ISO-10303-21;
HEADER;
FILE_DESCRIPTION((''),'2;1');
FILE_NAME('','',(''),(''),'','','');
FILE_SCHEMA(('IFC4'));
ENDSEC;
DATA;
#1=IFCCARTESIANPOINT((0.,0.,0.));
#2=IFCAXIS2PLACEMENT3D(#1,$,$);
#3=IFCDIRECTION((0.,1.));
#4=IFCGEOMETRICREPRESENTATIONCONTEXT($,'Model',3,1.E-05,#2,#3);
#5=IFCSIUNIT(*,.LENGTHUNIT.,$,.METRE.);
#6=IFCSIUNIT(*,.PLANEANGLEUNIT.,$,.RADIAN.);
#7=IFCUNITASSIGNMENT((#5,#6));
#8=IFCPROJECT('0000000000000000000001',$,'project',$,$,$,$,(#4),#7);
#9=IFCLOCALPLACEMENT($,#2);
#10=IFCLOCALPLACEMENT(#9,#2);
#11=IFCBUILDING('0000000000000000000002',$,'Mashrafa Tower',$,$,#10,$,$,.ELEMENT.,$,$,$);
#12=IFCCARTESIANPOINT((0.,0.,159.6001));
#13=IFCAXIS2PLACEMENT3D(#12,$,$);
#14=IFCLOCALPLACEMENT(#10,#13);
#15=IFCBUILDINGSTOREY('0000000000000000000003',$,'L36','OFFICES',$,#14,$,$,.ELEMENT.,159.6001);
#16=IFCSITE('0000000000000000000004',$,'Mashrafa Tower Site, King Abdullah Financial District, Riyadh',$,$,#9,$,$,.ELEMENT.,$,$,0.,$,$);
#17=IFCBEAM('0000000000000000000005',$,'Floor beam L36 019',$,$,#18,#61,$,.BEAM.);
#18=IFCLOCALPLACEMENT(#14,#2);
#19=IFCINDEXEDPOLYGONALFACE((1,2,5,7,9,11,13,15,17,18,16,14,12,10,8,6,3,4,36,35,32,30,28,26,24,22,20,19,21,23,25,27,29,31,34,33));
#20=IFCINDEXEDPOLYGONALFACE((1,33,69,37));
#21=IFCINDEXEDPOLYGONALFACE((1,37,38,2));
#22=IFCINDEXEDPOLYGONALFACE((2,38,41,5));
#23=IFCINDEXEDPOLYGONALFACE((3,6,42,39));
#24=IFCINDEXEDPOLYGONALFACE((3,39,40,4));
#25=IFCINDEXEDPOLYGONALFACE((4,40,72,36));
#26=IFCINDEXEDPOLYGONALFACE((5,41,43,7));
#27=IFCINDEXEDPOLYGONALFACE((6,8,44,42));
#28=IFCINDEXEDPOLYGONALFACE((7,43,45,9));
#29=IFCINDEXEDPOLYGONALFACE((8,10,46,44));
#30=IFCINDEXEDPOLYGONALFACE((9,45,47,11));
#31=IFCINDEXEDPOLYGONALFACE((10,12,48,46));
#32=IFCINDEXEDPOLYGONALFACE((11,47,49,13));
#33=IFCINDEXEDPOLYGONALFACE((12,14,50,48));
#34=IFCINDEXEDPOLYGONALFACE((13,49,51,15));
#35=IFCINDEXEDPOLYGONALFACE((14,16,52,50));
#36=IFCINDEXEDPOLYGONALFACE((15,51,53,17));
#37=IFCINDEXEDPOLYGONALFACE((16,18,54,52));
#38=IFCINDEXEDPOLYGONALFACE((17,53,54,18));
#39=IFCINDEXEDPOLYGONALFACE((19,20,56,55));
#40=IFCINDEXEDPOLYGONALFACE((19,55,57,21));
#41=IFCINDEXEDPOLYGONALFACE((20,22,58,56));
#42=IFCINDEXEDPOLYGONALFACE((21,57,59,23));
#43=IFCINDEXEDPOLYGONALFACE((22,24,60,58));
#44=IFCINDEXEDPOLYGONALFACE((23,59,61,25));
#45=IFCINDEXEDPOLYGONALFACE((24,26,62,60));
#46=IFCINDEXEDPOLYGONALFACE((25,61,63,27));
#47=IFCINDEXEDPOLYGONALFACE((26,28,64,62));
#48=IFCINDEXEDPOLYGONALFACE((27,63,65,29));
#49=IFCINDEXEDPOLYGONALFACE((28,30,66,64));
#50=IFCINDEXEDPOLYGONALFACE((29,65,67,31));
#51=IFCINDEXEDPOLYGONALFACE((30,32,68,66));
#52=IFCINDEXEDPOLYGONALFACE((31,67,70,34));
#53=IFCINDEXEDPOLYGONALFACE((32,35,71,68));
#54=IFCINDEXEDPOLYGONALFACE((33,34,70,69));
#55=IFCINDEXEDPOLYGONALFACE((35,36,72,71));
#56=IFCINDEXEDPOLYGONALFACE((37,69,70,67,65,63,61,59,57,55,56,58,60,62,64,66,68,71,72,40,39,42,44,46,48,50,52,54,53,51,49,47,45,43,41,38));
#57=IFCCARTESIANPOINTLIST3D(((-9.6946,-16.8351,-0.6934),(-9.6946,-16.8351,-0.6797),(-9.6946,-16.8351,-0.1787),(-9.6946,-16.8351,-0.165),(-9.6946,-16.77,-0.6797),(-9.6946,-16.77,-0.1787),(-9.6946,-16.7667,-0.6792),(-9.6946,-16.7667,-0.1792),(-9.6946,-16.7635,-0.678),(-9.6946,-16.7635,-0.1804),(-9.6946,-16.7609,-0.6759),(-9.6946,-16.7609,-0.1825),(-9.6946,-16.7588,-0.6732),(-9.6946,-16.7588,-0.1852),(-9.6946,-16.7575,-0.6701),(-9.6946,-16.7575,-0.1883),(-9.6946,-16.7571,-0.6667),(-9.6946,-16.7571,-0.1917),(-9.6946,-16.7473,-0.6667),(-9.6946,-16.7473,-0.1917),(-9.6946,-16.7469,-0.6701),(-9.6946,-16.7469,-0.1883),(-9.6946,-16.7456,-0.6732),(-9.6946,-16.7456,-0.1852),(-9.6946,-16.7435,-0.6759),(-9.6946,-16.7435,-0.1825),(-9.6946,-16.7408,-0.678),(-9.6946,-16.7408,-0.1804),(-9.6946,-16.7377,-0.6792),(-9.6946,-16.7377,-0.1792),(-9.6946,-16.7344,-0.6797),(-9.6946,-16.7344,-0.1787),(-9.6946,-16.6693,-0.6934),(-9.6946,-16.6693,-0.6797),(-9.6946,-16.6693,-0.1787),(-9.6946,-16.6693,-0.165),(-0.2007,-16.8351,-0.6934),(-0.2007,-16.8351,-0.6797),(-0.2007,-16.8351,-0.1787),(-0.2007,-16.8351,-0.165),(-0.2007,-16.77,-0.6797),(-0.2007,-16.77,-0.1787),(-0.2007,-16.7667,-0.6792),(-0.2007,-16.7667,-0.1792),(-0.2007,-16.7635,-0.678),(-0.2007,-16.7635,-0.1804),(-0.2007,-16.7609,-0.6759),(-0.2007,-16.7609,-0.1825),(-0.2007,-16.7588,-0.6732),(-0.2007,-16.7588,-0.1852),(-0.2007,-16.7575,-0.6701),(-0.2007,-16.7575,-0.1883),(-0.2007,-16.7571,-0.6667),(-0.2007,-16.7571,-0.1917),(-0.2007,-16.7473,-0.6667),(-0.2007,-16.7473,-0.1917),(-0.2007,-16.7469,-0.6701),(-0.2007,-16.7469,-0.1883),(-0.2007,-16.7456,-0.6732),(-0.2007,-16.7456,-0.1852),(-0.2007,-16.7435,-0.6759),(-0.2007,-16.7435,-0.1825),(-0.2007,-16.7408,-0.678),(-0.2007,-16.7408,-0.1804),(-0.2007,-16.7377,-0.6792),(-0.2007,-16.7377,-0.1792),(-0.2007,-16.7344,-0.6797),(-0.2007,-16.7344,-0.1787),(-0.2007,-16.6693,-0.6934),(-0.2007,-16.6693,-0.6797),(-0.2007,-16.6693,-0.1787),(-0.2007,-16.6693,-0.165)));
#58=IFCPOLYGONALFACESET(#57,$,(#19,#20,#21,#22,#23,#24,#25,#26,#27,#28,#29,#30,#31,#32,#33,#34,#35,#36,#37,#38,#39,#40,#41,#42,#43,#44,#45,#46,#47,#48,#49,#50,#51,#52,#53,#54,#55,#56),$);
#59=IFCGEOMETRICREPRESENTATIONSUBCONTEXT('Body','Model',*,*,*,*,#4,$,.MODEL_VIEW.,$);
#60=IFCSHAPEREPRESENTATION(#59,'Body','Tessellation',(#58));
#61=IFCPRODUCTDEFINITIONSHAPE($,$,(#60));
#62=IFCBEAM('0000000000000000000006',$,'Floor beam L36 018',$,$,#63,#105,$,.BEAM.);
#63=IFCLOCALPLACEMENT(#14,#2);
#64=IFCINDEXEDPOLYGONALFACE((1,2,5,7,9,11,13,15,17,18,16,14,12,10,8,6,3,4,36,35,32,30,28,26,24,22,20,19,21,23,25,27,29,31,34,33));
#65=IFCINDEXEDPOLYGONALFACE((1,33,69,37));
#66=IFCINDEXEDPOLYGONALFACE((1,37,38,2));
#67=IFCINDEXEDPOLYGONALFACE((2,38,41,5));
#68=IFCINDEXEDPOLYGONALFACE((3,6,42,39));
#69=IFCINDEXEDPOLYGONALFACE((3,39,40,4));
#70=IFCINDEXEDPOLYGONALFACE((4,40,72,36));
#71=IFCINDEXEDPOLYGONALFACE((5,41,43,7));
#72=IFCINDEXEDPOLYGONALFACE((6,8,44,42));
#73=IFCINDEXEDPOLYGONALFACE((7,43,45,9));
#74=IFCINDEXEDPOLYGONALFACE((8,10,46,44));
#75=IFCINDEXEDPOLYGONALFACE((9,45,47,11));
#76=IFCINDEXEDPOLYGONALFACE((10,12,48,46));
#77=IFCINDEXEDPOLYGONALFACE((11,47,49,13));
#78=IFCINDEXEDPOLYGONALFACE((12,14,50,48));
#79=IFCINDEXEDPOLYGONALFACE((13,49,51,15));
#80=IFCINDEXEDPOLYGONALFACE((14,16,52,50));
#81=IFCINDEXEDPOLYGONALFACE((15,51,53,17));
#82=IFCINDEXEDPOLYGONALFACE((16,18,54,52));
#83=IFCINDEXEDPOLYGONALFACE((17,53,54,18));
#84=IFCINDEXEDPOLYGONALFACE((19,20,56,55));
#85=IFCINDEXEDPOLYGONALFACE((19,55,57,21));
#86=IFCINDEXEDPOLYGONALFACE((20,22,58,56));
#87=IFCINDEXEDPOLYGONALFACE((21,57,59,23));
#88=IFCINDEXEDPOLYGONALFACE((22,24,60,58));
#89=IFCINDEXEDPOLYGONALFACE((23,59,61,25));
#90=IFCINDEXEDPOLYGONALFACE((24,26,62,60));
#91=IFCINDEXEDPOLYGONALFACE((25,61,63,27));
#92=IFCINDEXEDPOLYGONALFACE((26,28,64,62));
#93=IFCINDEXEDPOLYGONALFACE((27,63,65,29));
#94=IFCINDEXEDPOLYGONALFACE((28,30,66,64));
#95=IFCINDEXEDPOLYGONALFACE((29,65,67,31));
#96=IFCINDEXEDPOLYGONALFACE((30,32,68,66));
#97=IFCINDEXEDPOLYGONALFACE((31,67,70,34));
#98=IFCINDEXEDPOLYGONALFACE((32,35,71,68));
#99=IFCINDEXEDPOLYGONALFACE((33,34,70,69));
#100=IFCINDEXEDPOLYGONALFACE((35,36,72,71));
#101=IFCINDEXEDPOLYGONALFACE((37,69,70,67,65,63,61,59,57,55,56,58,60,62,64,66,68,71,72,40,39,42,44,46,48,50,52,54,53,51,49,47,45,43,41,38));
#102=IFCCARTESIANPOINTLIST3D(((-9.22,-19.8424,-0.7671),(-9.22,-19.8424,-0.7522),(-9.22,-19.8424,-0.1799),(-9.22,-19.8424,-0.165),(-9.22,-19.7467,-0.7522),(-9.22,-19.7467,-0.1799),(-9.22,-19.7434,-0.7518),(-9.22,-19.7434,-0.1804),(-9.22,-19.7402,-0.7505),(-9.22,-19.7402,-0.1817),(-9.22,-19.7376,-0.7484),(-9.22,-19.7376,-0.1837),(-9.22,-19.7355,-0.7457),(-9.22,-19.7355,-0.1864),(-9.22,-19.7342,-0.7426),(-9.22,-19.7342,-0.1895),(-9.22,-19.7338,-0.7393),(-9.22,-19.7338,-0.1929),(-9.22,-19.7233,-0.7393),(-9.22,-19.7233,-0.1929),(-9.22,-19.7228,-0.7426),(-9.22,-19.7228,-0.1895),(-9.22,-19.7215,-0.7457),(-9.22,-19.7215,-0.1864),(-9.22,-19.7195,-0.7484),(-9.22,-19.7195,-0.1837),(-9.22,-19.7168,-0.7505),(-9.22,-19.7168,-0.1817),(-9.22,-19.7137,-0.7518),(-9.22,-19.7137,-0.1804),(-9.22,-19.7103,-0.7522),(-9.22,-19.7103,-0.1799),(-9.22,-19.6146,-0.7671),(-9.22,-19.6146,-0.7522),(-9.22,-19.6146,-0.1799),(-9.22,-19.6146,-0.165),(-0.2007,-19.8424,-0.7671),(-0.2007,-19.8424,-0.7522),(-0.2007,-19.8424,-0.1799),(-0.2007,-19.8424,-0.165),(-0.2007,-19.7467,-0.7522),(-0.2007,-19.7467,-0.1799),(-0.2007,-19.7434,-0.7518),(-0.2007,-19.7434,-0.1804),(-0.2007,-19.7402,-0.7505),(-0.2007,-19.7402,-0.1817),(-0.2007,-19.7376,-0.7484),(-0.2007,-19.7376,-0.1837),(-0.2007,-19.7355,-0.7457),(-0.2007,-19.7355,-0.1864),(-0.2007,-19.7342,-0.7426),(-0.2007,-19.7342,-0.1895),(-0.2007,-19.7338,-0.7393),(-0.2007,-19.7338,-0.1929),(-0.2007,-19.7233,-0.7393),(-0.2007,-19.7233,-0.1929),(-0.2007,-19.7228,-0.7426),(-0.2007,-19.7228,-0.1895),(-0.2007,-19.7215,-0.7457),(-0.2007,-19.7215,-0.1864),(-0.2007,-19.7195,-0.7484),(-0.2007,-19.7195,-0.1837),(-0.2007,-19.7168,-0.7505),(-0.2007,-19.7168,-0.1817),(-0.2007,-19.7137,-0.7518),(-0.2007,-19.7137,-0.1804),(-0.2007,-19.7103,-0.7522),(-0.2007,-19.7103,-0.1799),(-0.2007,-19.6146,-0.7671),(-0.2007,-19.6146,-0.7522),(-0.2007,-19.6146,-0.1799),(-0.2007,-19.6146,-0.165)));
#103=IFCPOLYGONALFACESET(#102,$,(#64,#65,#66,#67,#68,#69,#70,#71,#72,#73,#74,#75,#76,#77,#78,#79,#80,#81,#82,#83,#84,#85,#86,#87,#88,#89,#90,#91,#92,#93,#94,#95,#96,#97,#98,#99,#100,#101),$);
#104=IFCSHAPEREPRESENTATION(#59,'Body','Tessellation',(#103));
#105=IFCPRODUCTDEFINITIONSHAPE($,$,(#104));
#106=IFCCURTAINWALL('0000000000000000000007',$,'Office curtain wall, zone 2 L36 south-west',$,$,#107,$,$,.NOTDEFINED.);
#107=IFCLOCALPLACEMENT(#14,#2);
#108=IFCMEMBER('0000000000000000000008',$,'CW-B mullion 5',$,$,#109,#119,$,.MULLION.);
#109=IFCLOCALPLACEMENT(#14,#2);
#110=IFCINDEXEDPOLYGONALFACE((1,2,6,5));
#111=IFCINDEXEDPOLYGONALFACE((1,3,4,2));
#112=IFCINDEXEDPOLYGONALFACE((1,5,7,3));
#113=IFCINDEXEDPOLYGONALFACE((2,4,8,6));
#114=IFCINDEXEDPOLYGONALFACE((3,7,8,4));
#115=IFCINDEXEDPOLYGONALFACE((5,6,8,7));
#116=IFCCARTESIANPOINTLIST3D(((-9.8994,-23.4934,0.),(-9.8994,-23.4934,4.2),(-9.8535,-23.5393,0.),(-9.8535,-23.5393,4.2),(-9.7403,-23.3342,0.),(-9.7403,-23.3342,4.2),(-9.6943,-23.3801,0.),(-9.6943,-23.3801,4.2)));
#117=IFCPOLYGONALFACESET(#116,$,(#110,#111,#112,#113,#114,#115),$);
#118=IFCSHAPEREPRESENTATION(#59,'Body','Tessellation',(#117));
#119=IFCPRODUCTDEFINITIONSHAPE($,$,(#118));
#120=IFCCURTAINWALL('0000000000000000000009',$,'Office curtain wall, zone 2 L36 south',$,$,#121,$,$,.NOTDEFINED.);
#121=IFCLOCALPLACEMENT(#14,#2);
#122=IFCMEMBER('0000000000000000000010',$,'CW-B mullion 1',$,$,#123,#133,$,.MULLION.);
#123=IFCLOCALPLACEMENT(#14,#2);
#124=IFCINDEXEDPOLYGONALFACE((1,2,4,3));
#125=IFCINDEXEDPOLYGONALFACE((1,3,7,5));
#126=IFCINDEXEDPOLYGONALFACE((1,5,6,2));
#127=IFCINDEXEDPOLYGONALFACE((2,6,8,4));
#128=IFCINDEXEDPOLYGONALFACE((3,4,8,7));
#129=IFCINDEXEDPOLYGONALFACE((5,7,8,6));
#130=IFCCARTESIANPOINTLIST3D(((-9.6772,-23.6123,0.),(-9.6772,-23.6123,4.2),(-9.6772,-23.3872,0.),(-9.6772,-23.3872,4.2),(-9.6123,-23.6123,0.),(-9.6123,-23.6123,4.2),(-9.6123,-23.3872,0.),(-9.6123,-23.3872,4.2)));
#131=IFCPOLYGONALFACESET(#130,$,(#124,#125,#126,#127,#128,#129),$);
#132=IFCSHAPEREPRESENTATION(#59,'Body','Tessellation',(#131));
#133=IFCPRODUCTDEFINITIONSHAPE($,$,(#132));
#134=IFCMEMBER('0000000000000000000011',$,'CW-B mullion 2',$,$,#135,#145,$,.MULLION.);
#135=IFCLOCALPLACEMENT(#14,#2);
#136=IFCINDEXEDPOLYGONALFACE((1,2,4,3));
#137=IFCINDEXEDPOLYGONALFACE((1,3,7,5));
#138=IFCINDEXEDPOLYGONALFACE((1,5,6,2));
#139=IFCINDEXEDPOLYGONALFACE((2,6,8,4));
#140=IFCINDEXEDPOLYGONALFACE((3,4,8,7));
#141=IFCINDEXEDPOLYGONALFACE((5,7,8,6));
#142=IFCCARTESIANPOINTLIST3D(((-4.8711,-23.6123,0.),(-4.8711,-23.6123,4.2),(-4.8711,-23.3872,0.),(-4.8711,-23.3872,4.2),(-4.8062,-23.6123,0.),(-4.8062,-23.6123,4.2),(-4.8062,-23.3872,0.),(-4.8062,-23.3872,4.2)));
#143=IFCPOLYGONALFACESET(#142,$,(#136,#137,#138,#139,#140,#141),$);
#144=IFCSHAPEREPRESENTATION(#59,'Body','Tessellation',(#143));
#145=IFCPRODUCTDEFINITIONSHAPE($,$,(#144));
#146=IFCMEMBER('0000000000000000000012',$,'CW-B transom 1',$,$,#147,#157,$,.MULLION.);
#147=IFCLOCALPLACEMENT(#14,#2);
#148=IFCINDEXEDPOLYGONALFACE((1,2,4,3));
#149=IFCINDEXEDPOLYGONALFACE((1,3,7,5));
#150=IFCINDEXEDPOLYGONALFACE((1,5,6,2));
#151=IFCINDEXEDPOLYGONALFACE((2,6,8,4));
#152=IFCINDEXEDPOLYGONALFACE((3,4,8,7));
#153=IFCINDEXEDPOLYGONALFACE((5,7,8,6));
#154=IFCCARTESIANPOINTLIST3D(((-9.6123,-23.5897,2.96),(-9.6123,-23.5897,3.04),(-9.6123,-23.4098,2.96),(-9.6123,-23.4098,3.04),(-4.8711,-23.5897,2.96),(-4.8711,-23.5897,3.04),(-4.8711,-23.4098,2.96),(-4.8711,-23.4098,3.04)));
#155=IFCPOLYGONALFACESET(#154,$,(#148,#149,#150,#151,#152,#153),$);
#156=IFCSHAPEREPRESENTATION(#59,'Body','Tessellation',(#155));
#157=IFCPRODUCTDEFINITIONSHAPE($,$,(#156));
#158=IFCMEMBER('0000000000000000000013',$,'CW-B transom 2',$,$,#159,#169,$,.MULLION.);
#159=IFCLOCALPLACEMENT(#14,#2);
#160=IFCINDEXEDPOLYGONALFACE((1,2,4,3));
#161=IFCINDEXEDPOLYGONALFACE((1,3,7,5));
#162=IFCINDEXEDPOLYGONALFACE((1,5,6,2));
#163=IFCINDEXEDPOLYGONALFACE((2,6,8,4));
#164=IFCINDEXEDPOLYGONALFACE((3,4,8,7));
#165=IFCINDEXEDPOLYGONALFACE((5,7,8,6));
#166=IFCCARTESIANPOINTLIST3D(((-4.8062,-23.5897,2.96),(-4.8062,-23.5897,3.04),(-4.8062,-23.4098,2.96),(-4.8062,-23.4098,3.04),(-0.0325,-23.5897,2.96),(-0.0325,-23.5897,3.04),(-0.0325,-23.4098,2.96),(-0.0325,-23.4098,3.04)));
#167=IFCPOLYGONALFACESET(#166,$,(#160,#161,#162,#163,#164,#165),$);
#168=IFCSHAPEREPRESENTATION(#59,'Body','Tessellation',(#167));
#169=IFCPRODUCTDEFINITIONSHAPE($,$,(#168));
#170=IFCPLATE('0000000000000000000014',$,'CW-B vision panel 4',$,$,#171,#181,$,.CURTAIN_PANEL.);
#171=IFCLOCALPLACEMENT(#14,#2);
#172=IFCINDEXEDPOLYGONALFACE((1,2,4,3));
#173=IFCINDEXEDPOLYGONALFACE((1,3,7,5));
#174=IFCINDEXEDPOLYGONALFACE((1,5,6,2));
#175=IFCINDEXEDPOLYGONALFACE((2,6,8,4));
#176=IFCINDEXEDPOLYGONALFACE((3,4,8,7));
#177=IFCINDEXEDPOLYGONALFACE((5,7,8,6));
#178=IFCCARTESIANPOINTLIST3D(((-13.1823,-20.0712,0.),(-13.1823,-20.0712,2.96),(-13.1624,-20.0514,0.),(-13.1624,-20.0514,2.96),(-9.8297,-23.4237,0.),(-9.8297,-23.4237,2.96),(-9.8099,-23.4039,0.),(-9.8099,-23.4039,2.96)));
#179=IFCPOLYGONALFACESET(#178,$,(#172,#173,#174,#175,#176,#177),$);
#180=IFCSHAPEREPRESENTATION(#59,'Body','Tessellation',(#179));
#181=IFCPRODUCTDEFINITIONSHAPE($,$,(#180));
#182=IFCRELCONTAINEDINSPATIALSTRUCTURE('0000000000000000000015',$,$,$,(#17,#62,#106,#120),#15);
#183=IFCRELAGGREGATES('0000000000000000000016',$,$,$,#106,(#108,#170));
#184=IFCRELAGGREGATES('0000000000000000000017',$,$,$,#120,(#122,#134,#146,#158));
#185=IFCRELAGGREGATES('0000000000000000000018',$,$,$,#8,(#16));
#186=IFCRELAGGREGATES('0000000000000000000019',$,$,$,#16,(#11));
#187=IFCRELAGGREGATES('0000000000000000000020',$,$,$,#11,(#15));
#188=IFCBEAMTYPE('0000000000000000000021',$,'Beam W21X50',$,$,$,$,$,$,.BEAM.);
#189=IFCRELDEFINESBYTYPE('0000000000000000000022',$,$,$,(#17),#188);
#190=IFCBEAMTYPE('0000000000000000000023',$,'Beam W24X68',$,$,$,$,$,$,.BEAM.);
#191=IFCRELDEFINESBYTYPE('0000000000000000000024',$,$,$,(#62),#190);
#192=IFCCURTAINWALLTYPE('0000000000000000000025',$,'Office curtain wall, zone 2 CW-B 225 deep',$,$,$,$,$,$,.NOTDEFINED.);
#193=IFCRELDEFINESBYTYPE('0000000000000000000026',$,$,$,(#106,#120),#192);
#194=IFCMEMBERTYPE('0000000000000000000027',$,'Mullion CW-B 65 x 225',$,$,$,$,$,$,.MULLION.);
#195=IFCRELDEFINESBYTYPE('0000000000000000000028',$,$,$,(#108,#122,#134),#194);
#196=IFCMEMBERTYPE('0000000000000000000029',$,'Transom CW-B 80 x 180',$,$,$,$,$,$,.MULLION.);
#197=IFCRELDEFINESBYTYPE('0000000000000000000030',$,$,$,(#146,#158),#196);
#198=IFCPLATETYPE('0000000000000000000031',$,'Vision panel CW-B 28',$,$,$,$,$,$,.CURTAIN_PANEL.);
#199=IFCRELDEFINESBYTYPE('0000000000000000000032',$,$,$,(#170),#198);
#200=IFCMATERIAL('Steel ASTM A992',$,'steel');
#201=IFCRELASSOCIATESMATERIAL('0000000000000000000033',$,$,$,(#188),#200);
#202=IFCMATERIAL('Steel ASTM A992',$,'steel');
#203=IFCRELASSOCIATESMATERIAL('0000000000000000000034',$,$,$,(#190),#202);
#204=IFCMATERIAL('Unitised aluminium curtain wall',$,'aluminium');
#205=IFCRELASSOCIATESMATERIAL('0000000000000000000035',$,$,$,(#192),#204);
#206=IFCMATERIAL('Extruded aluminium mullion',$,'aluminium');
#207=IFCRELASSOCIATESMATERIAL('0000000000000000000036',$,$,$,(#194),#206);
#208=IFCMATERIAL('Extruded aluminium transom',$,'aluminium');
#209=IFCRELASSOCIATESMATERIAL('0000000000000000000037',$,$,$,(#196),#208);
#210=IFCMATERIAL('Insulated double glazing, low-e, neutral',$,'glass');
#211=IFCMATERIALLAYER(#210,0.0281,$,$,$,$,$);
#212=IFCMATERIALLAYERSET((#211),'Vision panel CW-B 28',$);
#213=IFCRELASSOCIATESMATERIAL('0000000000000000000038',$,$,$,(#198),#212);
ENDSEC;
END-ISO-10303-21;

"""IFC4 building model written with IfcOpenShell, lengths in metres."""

from ifc_helpers import new_model, si_unit, direction, frame, origin, origin_2d, place, context, subcontext, project, spatial, rectangle, i_section, extrude, source, transform, mapped, material, layer, layer_set, material_profile, profile_set, type_object, type_shapes, element, aggregate, save


model = new_model("IFC4")

# Units and contexts
model_context = context("Model", 3, precision=1e-05, world=origin(), true_north=direction((0.0, 1.0)))
body_context = subcontext(model_context, "Body", "Model", "MODEL_VIEW")
ifc_project = project(units=[si_unit("LENGTHUNIT", "METRE"), si_unit("PLANEANGLEUNIT", "RADIAN")], contexts=[model_context])

# Site, building, storey
site_placement = place(None, origin())
site = spatial("IfcSite", under=ifc_project, at=site_placement, Name="Mashrafa Tower Site, King Abdullah Financial District, Riyadh", CompositionType="ELEMENT", RefElevation=0.0)
building_placement = place(site_placement, origin())
building = spatial("IfcBuilding", under=site, at=building_placement, Name="Mashrafa Tower", CompositionType="ELEMENT")
storey_placement = place(building_placement, frame((0.0, 0.0, 159.6001)))
storey = spatial("IfcBuildingStorey", under=building, at=storey_placement, Name="L36", Description="OFFICES", CompositionType="ELEMENT", Elevation=159.6001)

# Beams
ifc_material_1 = material(Name="Steel ASTM A992", Category="steel")
ifc_material_profile_1 = material_profile(ifc_material_1, i_section(OverallWidth=0.1658, OverallDepth=0.5283, WebThickness=0.0098, FlangeThickness=0.0137, FilletRadius=0.0129, at=origin_2d()), Name="W21X50")
ifc_profile_set_1 = profile_set([ifc_material_profile_1], Name="Steel ASTM A992")
beam_type_1 = type_object("IfcBeamType", Name="Beam W21X50", PredefinedType="BEAM", material=ifc_profile_set_1)
beam_1_placement = place(storey_placement, frame((-0.2007, -16.7522, -0.4292), z_axis=(-1.0, 0.0, 0.0), x_axis=(0.0, -1.0, 0.0)))
element("IfcBeam", 1, at=beam_1_placement, inside=storey, type_object=beam_type_1, Name="Floor beam L36 019", PredefinedType="BEAM", context=body_context, shape_type="SweptSolid", body=[
    extrude(i_section(OverallWidth=0.1658, OverallDepth=0.5283, WebThickness=0.0098, FlangeThickness=0.0137, FilletRadius=0.0129, at=origin_2d()), origin(), (0.0, 0.0, 1.0), 9.4939),
])
ifc_material_2 = material(Name="Steel ASTM A992", Category="steel")
ifc_material_profile_2 = material_profile(ifc_material_2, i_section(OverallWidth=0.2278, OverallDepth=0.6021, WebThickness=0.0105, FlangeThickness=0.0149, FilletRadius=0.0129, at=origin_2d()), Name="W24X68")
ifc_profile_set_2 = profile_set([ifc_material_profile_2], Name="Steel ASTM A992")
beam_type_2 = type_object("IfcBeamType", Name="Beam W24X68", PredefinedType="BEAM", material=ifc_profile_set_2)
beam_2_placement = place(storey_placement, frame((-0.2007, -19.7285, -0.4661), z_axis=(-1.0, 0.0, 0.0), x_axis=(0.0, -1.0, 0.0)))
element("IfcBeam", 2, at=beam_2_placement, inside=storey, type_object=beam_type_2, Name="Floor beam L36 018", PredefinedType="BEAM", context=body_context, shape_type="SweptSolid", body=[
    extrude(i_section(OverallWidth=0.2278, OverallDepth=0.6021, WebThickness=0.0105, FlangeThickness=0.0149, FilletRadius=0.0129, at=origin_2d()), origin(), (0.0, 0.0, 1.0), 9.0193),
])

# Curtain wall, member
ifc_material_3 = material(Name="Unitised aluminium curtain wall", Category="aluminium")
curtain_wall_type = type_object("IfcCurtainWallType", Name="Office curtain wall, zone 2 CW-B 225 deep", PredefinedType="NOTDEFINED", material=ifc_material_3)
curtain_wall_1_placement = place(storey_placement, origin())
curtain_wall_1 = element("IfcCurtainWall", 3, at=curtain_wall_1_placement, inside=storey, type_object=curtain_wall_type, Name="Office curtain wall, zone 2 L36 south-west", PredefinedType="NOTDEFINED")
ifc_material_4 = material(Name="Extruded aluminium mullion", Category="aluminium")
ifc_material_profile_3 = material_profile(ifc_material_4, rectangle(XDim=0.2251, YDim=0.0649, at=origin_2d()), Name="Mullion 65x225")
ifc_profile_set_3 = profile_set([ifc_material_profile_3], Name="Extruded aluminium mullion")
member_type_1 = type_object("IfcMemberType", Name="Mullion CW-B 65 x 225", PredefinedType="MULLION", material=ifc_profile_set_3)
shared_shape_1 = source(origin(), body_context, "Body", "SweptSolid", [
    extrude(rectangle(XDim=0.2251, YDim=0.0649, at=origin_2d()), origin(), (0.0, 0.0, 1.0), 4.2),
])
type_shapes(member_type_1, [shared_shape_1])
member_1_placement = place(storey_placement, frame((-9.7969, -23.4368, 0.0), z_axis=(0.0, 0.0, 1.0), x_axis=(0.707107, 0.707107, 0.0)))
member_1 = element("IfcMember", 4, at=member_1_placement, type_object=member_type_1, Name="CW-B mullion 5", PredefinedType="MULLION", context=body_context, shape_type="MappedRepresentation", body=[
    mapped(shared_shape_1, transform((0.0, 0.0, 0.0))),
])

# Curtain wall, members
curtain_wall_2_placement = place(storey_placement, origin())
curtain_wall_2 = element("IfcCurtainWall", 5, at=curtain_wall_2_placement, inside=storey, type_object=curtain_wall_type, Name="Office curtain wall, zone 2 L36 south", PredefinedType="NOTDEFINED")
member_2_placement = place(storey_placement, frame((-9.6448, -23.4998, 0.0), z_axis=(0.0, 0.0, 1.0), x_axis=(0.0, 1.0, 0.0)))
member_2 = element("IfcMember", 6, at=member_2_placement, type_object=member_type_1, Name="CW-B mullion 1", PredefinedType="MULLION", context=body_context, shape_type="MappedRepresentation", body=[
    mapped(shared_shape_1, transform((0.0, 0.0, 0.0))),
])
member_3_placement = place(storey_placement, frame((-4.8386, -23.4998, 0.0), z_axis=(0.0, 0.0, 1.0), x_axis=(0.0, 1.0, 0.0)))
member_3 = element("IfcMember", 7, at=member_3_placement, type_object=member_type_1, Name="CW-B mullion 2", PredefinedType="MULLION", context=body_context, shape_type="MappedRepresentation", body=[
    mapped(shared_shape_1, transform((0.0, 0.0, 0.0))),
])
ifc_material_5 = material(Name="Extruded aluminium transom", Category="aluminium")
ifc_material_profile_4 = material_profile(ifc_material_5, rectangle(XDim=0.1799, YDim=0.0801, at=origin_2d()), Name="Transom 80x180")
ifc_profile_set_4 = profile_set([ifc_material_profile_4], Name="Extruded aluminium transom")
member_type_2 = type_object("IfcMemberType", Name="Transom CW-B 80 x 180", PredefinedType="MULLION", material=ifc_profile_set_4)
shared_shape_2 = source(origin(), body_context, "Body", "SweptSolid", [
    extrude(rectangle(XDim=0.1799, YDim=0.0801, at=origin_2d()), origin(), (0.0, 0.0, 1.0), 4.7412),
])
member_4_placement = place(storey_placement, frame((-9.6123, -23.4998, 3.0), z_axis=(1.0, 0.0, 0.0), x_axis=(0.0, 1.0, 0.0)))
member_4 = element("IfcMember", 8, at=member_4_placement, type_object=member_type_2, Name="CW-B transom 1", PredefinedType="MULLION", context=body_context, shape_type="MappedRepresentation", body=[
    mapped(shared_shape_2, transform((0.0, 0.0, 0.0))),
])
shared_shape_3 = source(origin(), body_context, "Body", "SweptSolid", [
    extrude(rectangle(XDim=0.1799, YDim=0.0801, at=origin_2d()), origin(), (0.0, 0.0, 1.0), 4.7737),
])
type_shapes(member_type_2, [shared_shape_2, shared_shape_3])
member_5_placement = place(storey_placement, frame((-4.8062, -23.4998, 3.0), z_axis=(1.0, 0.0, 0.0), x_axis=(0.0, 1.0, 0.0)))
member_5 = element("IfcMember", 9, at=member_5_placement, type_object=member_type_2, Name="CW-B transom 2", PredefinedType="MULLION", context=body_context, shape_type="MappedRepresentation", body=[
    mapped(shared_shape_3, transform((0.0, 0.0, 0.0))),
])

# Plate
ifc_material_6 = material(Name="Insulated double glazing, low-e, neutral", Category="glass")
ifc_layer_1 = layer(ifc_material_6, 0.0281)
ifc_layer_set_1 = layer_set([ifc_layer_1], Name="Vision panel CW-B 28")
plate_type_1 = type_object("IfcPlateType", Name="Vision panel CW-B 28", PredefinedType="CURTAIN_PANEL", material=ifc_layer_set_1)
shared_shape_4 = source(origin(), body_context, "Body", "SweptSolid", [
    extrude(rectangle(XDim=4.7412, YDim=0.0281, at=origin_2d()), origin(), (0.0, 0.0, 1.0), 2.96),
])
plate_1_placement = place(storey_placement, frame((-11.4961, -21.7375, 0.0), z_axis=(0.0, 0.0, 1.0), x_axis=(0.707107, -0.707107, 0.0)))
plate_1 = element("IfcPlate", 10, at=plate_1_placement, type_object=plate_type_1, Name="CW-B vision panel 4", PredefinedType="CURTAIN_PANEL", context=body_context, shape_type="MappedRepresentation", body=[
    mapped(shared_shape_4, transform((0.0, 0.0, 0.0))),
])
aggregate(curtain_wall_1, [member_1, plate_1])
aggregate(curtain_wall_2, [member_2, member_3, member_4, member_5])

save(model, "model.ifc")
